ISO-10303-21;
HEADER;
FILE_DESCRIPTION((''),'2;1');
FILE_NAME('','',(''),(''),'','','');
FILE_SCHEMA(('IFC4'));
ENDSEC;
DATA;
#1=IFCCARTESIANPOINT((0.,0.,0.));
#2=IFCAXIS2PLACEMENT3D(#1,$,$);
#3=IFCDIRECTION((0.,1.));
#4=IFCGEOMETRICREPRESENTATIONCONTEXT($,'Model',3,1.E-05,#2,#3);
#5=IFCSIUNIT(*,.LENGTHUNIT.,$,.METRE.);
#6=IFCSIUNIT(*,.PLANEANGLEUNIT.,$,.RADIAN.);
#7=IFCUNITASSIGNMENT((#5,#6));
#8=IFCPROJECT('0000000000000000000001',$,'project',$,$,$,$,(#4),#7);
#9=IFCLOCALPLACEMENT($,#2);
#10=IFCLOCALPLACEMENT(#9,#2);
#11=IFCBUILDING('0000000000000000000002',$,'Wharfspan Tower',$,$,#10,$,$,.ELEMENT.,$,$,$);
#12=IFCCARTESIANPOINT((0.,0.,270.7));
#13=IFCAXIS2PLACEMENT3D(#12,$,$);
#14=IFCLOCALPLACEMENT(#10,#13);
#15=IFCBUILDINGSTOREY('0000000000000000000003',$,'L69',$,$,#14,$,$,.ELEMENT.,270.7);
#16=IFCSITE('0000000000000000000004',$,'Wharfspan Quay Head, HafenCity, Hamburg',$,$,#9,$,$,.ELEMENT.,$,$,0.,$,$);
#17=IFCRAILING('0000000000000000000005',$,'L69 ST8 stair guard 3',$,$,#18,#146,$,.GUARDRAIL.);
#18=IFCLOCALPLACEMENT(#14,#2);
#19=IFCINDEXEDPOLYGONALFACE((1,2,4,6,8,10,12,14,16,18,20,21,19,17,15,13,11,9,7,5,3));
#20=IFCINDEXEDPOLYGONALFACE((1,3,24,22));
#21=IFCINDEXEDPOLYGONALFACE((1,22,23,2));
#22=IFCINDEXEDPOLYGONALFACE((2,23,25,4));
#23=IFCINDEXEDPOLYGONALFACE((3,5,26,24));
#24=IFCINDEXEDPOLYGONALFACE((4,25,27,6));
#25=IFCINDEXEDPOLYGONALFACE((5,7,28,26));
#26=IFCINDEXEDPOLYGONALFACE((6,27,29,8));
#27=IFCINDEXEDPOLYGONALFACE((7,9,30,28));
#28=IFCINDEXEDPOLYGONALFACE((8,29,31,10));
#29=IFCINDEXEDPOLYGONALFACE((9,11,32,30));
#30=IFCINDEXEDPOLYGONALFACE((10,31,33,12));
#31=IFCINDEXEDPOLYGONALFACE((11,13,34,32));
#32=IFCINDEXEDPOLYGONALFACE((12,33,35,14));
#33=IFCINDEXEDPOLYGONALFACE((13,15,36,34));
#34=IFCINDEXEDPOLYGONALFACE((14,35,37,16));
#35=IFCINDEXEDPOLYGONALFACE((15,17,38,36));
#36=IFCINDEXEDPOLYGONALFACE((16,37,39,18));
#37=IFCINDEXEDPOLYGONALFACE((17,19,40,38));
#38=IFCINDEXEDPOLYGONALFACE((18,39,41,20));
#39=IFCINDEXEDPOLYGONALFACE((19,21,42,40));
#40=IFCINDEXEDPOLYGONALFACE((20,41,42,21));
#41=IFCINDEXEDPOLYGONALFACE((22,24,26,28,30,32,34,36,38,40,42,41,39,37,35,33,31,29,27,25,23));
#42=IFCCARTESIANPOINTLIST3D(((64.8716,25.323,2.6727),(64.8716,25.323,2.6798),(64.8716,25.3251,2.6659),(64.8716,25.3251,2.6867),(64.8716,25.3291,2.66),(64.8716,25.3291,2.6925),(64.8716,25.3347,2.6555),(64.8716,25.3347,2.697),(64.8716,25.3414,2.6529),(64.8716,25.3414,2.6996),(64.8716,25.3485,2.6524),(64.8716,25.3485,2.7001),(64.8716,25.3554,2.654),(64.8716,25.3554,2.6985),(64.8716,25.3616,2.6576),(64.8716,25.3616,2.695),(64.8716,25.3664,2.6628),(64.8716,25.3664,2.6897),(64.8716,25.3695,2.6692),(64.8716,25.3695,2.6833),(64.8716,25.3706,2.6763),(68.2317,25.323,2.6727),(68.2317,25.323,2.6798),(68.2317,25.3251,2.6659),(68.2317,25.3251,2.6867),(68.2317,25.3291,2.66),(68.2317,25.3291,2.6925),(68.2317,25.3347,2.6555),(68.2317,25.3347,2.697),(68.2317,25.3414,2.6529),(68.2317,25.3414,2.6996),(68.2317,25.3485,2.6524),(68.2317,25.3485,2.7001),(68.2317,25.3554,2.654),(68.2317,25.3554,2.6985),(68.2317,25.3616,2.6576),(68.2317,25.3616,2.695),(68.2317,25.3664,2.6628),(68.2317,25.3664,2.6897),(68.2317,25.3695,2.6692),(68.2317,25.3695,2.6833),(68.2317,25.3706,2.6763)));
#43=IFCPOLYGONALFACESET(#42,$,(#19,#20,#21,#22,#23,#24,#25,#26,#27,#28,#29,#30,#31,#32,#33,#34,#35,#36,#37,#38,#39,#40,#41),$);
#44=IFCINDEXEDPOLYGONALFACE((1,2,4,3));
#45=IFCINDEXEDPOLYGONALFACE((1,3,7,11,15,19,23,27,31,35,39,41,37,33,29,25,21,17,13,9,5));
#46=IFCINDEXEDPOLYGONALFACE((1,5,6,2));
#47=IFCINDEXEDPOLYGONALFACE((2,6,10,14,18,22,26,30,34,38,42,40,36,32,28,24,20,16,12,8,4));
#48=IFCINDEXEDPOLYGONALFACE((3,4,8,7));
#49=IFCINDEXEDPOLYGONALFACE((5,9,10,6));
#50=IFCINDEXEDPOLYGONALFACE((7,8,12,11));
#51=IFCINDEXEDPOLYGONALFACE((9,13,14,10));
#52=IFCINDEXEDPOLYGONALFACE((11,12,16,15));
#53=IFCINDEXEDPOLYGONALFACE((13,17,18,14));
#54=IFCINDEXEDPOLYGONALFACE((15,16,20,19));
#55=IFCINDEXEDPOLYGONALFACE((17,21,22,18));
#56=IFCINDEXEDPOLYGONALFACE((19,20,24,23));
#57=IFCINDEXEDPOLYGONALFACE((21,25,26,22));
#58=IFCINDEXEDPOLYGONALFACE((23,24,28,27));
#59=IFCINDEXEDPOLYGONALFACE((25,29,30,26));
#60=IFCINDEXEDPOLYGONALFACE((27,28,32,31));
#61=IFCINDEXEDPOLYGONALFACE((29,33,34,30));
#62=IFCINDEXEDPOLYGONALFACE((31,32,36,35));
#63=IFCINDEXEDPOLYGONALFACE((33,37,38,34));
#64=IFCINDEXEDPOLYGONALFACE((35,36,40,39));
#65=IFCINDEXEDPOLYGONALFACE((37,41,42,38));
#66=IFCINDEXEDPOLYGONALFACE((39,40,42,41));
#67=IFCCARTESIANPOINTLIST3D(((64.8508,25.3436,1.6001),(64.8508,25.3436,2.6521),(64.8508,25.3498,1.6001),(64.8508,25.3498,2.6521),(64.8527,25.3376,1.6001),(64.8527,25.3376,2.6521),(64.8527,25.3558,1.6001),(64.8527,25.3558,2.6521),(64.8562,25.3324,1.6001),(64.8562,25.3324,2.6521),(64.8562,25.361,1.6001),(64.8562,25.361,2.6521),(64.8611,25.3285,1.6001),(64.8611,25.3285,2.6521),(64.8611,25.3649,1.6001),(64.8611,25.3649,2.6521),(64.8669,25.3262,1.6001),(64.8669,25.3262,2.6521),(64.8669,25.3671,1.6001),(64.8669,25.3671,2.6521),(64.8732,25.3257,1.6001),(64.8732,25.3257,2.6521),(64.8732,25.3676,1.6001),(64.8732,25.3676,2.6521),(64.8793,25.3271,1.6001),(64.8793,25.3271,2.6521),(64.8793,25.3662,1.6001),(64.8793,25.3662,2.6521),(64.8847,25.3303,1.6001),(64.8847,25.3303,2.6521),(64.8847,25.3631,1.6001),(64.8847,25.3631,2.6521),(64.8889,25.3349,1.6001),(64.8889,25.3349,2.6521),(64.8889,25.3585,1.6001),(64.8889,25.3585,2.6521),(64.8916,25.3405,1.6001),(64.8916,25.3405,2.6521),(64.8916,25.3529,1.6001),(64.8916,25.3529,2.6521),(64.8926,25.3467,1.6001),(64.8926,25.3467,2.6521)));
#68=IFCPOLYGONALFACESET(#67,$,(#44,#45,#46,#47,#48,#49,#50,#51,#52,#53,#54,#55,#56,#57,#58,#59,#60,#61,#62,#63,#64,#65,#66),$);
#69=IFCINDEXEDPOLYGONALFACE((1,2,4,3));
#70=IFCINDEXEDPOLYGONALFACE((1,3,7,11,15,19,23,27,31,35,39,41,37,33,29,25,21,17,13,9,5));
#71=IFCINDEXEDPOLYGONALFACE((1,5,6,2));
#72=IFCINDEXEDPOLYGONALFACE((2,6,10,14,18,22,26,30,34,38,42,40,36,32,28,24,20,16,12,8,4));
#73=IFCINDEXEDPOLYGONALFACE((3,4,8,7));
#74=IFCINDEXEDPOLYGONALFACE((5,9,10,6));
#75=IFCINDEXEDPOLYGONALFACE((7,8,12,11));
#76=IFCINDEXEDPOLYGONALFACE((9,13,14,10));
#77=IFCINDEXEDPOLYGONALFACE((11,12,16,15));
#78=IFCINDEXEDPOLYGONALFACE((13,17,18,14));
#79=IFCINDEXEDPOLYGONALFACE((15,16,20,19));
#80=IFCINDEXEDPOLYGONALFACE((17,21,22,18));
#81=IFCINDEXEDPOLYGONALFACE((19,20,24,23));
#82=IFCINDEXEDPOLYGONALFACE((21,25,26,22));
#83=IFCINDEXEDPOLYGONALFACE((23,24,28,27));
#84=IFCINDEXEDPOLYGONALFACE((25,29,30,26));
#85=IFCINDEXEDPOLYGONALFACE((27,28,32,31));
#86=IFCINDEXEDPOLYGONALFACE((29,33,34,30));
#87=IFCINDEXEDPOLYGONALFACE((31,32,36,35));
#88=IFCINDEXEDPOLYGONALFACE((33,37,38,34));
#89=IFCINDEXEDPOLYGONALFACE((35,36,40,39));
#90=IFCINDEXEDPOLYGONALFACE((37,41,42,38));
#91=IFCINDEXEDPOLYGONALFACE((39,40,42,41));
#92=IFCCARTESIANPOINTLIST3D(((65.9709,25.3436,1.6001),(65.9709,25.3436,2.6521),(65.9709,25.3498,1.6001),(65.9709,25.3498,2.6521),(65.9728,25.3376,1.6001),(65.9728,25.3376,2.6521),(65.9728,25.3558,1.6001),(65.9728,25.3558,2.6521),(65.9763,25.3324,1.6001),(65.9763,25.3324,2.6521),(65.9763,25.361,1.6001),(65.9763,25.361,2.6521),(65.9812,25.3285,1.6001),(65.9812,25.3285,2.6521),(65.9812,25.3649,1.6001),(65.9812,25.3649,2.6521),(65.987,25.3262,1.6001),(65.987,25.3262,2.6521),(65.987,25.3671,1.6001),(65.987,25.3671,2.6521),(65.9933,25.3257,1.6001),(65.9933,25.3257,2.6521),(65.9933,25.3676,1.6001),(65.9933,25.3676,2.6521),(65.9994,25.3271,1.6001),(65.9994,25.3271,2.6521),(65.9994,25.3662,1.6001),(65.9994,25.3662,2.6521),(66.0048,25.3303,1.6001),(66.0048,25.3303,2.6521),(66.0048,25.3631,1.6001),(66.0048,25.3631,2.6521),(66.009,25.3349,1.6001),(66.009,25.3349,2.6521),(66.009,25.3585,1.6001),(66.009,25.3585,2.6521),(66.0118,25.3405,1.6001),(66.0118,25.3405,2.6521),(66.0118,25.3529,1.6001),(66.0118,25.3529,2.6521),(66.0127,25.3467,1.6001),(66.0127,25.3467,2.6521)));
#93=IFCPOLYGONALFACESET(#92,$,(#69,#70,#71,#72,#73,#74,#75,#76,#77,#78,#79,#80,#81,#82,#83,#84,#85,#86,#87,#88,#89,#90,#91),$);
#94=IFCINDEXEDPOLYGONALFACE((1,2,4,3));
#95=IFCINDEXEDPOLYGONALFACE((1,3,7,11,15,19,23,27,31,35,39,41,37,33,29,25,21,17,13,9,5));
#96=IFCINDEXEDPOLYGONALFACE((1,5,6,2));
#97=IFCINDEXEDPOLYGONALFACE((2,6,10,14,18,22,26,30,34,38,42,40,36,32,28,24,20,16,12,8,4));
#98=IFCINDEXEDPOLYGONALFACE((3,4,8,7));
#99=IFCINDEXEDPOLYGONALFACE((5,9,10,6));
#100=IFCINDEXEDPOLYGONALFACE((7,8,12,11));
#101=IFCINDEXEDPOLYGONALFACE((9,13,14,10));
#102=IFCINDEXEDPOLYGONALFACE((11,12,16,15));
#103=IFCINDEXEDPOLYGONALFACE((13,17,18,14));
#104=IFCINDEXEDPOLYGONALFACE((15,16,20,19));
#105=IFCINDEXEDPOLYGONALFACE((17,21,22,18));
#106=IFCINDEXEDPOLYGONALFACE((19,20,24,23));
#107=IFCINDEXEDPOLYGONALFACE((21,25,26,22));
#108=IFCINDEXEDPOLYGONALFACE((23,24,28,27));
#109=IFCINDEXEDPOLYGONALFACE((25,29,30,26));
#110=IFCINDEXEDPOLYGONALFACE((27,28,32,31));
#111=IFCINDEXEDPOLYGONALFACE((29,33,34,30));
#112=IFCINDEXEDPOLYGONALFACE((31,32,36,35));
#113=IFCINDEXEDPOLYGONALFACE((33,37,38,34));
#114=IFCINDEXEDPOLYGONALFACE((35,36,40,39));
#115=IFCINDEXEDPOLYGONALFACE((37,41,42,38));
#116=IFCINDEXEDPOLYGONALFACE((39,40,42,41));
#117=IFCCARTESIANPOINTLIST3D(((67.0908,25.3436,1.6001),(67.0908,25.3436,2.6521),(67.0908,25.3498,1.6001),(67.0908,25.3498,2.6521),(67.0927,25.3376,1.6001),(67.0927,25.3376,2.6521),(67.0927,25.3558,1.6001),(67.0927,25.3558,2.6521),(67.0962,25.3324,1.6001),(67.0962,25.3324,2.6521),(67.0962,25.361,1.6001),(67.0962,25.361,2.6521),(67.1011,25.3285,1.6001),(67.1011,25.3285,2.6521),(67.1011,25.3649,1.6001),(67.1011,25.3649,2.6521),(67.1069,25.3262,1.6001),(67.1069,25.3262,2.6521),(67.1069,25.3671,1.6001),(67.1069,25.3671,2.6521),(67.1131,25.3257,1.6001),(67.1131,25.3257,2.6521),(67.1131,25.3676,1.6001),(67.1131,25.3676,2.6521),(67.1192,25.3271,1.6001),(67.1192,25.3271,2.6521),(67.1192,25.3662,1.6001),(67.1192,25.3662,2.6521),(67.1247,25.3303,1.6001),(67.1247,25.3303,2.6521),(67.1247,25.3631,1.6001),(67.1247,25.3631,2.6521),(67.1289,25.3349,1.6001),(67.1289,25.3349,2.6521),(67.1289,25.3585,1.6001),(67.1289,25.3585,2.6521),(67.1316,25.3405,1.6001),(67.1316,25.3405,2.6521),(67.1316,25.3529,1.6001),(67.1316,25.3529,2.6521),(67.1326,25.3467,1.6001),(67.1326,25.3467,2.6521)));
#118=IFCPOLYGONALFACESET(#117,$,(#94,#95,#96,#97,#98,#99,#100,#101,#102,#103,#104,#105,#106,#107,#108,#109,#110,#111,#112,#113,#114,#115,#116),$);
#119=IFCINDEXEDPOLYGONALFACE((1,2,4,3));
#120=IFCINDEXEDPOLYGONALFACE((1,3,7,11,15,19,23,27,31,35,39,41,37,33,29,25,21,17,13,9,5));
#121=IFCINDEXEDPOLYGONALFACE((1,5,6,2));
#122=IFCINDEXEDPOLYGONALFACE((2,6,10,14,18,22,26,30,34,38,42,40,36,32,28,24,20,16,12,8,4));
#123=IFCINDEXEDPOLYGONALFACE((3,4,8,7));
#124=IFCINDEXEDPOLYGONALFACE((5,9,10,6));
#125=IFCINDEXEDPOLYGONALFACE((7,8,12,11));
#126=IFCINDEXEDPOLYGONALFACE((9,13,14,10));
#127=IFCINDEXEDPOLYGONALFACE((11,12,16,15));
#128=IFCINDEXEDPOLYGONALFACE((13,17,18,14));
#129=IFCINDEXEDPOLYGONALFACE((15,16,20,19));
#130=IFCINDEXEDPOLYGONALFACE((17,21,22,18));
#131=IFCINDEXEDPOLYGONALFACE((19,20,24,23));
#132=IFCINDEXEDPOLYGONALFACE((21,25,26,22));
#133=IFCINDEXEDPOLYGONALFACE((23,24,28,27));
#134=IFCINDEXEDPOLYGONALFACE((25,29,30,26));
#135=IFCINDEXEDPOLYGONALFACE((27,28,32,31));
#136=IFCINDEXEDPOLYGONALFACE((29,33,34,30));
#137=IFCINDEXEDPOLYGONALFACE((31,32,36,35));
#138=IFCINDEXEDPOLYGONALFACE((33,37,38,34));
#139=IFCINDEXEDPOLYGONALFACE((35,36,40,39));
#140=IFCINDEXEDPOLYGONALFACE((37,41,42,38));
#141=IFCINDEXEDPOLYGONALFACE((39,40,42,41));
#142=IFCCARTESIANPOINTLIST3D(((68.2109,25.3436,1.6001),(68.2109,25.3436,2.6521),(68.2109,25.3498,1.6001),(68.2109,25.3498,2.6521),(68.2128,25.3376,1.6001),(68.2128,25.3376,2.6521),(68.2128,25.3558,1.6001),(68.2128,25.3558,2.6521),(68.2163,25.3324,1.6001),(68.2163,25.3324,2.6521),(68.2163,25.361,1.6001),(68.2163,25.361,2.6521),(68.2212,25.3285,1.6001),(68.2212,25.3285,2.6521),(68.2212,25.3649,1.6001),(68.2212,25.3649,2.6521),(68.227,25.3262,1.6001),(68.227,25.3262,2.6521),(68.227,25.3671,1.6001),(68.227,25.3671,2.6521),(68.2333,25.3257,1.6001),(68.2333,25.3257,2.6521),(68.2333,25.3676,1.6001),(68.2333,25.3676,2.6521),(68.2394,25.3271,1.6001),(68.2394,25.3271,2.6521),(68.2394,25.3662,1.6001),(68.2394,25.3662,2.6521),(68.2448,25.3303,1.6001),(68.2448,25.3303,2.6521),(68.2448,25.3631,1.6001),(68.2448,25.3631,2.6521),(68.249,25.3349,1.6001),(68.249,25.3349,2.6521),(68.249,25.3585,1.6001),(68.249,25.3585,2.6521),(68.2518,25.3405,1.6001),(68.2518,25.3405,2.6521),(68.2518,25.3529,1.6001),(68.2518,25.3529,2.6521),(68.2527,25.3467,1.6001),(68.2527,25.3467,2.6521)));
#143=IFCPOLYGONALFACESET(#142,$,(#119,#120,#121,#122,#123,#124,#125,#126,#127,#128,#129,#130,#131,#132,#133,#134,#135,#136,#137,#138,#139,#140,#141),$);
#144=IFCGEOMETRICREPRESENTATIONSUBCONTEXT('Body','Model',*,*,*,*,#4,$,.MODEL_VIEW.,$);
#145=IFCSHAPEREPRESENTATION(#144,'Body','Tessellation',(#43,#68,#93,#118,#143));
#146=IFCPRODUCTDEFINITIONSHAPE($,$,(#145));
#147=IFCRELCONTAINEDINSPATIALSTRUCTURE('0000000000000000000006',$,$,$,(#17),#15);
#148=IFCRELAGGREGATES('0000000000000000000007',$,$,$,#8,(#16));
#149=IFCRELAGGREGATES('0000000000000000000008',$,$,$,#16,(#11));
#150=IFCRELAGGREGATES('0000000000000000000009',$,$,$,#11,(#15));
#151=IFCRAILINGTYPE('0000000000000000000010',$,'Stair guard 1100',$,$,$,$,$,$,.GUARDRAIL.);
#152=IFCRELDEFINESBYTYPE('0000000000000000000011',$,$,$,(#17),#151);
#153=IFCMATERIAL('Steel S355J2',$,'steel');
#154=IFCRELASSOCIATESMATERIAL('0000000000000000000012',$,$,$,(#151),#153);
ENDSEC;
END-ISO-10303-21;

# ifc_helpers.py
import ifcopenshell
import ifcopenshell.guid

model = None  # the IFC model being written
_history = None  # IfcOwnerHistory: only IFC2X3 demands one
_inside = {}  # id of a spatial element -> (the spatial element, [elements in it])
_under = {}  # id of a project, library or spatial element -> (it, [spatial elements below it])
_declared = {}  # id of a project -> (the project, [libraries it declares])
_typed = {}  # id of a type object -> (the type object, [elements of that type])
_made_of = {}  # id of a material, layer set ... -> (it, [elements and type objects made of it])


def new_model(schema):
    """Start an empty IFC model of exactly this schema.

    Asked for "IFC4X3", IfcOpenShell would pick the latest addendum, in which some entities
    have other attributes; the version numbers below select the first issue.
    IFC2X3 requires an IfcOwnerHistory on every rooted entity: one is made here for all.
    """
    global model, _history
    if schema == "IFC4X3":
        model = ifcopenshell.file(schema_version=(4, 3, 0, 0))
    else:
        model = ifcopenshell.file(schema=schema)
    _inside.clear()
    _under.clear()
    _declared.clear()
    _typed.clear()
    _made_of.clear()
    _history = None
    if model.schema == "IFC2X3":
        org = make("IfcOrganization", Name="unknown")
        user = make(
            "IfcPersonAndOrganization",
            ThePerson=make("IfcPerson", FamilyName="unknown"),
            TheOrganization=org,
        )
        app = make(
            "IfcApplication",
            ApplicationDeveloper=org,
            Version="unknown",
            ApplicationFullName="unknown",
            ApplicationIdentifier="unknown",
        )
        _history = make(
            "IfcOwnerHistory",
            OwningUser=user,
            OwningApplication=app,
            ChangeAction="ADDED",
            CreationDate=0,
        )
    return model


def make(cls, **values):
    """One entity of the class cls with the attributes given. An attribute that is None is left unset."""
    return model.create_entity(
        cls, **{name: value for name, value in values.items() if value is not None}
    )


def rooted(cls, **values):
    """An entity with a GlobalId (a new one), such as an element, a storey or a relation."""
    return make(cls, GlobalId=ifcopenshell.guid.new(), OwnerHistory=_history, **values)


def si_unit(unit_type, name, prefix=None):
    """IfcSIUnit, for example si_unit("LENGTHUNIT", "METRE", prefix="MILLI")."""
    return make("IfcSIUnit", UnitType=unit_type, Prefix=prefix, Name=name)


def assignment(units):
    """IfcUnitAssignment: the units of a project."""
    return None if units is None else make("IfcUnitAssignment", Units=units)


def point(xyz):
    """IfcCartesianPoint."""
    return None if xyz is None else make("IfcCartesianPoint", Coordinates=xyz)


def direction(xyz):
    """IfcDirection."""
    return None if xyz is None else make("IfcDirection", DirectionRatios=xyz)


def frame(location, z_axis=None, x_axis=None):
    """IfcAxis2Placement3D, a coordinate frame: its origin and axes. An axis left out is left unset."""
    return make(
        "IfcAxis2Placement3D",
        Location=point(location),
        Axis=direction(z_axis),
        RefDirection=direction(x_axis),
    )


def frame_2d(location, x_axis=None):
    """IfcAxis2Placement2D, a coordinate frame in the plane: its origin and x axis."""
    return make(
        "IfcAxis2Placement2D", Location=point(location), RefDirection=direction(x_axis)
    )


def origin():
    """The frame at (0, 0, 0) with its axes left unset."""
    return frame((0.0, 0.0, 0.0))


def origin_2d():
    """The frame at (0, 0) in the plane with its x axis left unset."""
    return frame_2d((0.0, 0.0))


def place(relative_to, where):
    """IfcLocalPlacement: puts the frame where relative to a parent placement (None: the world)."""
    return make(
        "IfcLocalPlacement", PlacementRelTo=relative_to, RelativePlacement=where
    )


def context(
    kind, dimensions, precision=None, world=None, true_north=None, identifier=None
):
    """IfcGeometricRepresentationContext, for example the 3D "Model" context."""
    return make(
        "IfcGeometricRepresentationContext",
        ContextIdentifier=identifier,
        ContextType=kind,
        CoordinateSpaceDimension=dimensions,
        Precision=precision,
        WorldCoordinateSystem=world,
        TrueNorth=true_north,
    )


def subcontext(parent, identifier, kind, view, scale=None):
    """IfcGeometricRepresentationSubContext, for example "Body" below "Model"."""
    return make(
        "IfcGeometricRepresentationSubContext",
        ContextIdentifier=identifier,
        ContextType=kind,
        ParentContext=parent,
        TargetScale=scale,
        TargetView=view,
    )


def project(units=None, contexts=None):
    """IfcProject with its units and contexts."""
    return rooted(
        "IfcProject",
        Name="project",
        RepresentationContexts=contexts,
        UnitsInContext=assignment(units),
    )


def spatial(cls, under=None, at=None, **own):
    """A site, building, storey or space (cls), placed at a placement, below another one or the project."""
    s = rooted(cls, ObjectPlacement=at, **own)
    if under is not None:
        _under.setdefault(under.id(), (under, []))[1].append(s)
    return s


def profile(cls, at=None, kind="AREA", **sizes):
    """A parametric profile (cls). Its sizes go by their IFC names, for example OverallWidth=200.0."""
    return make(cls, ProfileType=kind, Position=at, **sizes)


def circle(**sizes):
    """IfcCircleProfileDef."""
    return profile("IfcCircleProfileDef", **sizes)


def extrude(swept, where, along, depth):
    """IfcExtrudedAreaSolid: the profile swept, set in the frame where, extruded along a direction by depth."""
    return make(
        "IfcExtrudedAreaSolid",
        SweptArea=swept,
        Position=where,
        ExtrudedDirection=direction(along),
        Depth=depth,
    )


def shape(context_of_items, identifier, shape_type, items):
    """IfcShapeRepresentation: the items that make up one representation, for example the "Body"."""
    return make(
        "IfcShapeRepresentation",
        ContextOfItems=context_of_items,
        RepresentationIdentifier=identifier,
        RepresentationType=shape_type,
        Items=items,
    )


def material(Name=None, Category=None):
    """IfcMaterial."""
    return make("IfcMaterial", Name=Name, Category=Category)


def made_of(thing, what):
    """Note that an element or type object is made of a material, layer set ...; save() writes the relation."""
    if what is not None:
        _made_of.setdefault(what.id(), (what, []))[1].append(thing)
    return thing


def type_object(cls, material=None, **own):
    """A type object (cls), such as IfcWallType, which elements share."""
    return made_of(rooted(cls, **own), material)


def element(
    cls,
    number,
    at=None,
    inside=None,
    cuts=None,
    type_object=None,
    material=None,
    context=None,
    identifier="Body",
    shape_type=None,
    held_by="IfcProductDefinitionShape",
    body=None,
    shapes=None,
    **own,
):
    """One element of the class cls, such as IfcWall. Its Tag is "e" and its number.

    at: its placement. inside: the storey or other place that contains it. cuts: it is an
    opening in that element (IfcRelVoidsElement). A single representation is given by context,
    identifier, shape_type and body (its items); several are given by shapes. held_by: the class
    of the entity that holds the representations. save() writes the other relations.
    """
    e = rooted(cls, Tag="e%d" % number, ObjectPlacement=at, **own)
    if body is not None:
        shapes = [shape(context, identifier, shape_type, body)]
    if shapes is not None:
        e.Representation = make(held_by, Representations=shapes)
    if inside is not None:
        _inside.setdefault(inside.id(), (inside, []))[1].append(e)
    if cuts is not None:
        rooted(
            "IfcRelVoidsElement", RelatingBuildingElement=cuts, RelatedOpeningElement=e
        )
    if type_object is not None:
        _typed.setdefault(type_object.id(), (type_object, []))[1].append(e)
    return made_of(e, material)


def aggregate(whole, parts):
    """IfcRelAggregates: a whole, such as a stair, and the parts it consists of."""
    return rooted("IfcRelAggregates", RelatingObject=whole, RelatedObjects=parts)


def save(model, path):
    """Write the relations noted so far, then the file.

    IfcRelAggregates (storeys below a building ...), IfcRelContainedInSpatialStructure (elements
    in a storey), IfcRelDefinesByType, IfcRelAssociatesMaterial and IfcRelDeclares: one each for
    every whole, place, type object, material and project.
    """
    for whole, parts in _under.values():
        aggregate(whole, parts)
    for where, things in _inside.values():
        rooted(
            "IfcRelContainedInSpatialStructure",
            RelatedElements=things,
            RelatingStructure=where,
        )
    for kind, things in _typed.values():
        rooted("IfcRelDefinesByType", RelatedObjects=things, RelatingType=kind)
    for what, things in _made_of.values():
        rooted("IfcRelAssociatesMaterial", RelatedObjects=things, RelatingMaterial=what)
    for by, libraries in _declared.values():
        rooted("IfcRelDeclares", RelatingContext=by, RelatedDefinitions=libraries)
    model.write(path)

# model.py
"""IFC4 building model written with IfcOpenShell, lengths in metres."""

from ifc_helpers import new_model, si_unit, direction, frame, origin, origin_2d, place, context, subcontext, project, spatial, circle, extrude, material, type_object, element, save


model = new_model("IFC4")

# Units and contexts
model_context = context("Model", 3, precision=1e-05, world=origin(), true_north=direction((0.0, 1.0)))
body_context = subcontext(model_context, "Body", "Model", "MODEL_VIEW")
ifc_project = project(units=[si_unit("LENGTHUNIT", "METRE"), si_unit("PLANEANGLEUNIT", "RADIAN")], contexts=[model_context])

# Site, building, storey
site_placement = place(None, origin())
site = spatial("IfcSite", under=ifc_project, at=site_placement, Name="Wharfspan Quay Head, HafenCity, Hamburg", CompositionType="ELEMENT", RefElevation=0.0)
building_placement = place(site_placement, origin())
building = spatial("IfcBuilding", under=site, at=building_placement, Name="Wharfspan Tower", CompositionType="ELEMENT")
storey_placement = place(building_placement, frame((0.0, 0.0, 270.7)))
storey = spatial("IfcBuildingStorey", under=building, at=storey_placement, Name="L69", CompositionType="ELEMENT", Elevation=270.7)

# Shared definitions
ifc_material_1 = material(Name="Steel S355J2", Category="steel")

# Railing
railing_type_1 = type_object("IfcRailingType", Name="Stair guard 1100", PredefinedType="GUARDRAIL", material=ifc_material_1)
for number, where, name in (
    (1, (64.8716, 25.3467, 1.6001), "L69 ST8 stair guard 3"),
):
    element("IfcRailing", number, at=place(storey_placement, frame(where)), inside=storey, type_object=railing_type_1, Name=name, PredefinedType="GUARDRAIL", context=body_context, shape_type="SweptSolid", body=[
        extrude(circle(Radius=0.0239, at=origin_2d()), frame((0.0, 0.0, 1.0762), z_axis=(1.0, 0.0, 0.0), x_axis=(0.0, 1.0, 0.0)), (0.0, 0.0, 1.0), 3.3601),
        extrude(circle(Radius=0.021, at=origin_2d()), origin(), (0.0, 0.0, 1.0), 1.052),
        extrude(circle(Radius=0.021, at=origin_2d()), frame((1.1201, 0.0, 0.0)), (0.0, 0.0, 1.0), 1.052),
        extrude(circle(Radius=0.021, at=origin_2d()), frame((2.24, 0.0, 0.0)), (0.0, 0.0, 1.0), 1.052),
        extrude(circle(Radius=0.021, at=origin_2d()), frame((3.3601, 0.0, 0.0)), (0.0, 0.0, 1.0), 1.052),
    ])

save(model, "model.ifc")
